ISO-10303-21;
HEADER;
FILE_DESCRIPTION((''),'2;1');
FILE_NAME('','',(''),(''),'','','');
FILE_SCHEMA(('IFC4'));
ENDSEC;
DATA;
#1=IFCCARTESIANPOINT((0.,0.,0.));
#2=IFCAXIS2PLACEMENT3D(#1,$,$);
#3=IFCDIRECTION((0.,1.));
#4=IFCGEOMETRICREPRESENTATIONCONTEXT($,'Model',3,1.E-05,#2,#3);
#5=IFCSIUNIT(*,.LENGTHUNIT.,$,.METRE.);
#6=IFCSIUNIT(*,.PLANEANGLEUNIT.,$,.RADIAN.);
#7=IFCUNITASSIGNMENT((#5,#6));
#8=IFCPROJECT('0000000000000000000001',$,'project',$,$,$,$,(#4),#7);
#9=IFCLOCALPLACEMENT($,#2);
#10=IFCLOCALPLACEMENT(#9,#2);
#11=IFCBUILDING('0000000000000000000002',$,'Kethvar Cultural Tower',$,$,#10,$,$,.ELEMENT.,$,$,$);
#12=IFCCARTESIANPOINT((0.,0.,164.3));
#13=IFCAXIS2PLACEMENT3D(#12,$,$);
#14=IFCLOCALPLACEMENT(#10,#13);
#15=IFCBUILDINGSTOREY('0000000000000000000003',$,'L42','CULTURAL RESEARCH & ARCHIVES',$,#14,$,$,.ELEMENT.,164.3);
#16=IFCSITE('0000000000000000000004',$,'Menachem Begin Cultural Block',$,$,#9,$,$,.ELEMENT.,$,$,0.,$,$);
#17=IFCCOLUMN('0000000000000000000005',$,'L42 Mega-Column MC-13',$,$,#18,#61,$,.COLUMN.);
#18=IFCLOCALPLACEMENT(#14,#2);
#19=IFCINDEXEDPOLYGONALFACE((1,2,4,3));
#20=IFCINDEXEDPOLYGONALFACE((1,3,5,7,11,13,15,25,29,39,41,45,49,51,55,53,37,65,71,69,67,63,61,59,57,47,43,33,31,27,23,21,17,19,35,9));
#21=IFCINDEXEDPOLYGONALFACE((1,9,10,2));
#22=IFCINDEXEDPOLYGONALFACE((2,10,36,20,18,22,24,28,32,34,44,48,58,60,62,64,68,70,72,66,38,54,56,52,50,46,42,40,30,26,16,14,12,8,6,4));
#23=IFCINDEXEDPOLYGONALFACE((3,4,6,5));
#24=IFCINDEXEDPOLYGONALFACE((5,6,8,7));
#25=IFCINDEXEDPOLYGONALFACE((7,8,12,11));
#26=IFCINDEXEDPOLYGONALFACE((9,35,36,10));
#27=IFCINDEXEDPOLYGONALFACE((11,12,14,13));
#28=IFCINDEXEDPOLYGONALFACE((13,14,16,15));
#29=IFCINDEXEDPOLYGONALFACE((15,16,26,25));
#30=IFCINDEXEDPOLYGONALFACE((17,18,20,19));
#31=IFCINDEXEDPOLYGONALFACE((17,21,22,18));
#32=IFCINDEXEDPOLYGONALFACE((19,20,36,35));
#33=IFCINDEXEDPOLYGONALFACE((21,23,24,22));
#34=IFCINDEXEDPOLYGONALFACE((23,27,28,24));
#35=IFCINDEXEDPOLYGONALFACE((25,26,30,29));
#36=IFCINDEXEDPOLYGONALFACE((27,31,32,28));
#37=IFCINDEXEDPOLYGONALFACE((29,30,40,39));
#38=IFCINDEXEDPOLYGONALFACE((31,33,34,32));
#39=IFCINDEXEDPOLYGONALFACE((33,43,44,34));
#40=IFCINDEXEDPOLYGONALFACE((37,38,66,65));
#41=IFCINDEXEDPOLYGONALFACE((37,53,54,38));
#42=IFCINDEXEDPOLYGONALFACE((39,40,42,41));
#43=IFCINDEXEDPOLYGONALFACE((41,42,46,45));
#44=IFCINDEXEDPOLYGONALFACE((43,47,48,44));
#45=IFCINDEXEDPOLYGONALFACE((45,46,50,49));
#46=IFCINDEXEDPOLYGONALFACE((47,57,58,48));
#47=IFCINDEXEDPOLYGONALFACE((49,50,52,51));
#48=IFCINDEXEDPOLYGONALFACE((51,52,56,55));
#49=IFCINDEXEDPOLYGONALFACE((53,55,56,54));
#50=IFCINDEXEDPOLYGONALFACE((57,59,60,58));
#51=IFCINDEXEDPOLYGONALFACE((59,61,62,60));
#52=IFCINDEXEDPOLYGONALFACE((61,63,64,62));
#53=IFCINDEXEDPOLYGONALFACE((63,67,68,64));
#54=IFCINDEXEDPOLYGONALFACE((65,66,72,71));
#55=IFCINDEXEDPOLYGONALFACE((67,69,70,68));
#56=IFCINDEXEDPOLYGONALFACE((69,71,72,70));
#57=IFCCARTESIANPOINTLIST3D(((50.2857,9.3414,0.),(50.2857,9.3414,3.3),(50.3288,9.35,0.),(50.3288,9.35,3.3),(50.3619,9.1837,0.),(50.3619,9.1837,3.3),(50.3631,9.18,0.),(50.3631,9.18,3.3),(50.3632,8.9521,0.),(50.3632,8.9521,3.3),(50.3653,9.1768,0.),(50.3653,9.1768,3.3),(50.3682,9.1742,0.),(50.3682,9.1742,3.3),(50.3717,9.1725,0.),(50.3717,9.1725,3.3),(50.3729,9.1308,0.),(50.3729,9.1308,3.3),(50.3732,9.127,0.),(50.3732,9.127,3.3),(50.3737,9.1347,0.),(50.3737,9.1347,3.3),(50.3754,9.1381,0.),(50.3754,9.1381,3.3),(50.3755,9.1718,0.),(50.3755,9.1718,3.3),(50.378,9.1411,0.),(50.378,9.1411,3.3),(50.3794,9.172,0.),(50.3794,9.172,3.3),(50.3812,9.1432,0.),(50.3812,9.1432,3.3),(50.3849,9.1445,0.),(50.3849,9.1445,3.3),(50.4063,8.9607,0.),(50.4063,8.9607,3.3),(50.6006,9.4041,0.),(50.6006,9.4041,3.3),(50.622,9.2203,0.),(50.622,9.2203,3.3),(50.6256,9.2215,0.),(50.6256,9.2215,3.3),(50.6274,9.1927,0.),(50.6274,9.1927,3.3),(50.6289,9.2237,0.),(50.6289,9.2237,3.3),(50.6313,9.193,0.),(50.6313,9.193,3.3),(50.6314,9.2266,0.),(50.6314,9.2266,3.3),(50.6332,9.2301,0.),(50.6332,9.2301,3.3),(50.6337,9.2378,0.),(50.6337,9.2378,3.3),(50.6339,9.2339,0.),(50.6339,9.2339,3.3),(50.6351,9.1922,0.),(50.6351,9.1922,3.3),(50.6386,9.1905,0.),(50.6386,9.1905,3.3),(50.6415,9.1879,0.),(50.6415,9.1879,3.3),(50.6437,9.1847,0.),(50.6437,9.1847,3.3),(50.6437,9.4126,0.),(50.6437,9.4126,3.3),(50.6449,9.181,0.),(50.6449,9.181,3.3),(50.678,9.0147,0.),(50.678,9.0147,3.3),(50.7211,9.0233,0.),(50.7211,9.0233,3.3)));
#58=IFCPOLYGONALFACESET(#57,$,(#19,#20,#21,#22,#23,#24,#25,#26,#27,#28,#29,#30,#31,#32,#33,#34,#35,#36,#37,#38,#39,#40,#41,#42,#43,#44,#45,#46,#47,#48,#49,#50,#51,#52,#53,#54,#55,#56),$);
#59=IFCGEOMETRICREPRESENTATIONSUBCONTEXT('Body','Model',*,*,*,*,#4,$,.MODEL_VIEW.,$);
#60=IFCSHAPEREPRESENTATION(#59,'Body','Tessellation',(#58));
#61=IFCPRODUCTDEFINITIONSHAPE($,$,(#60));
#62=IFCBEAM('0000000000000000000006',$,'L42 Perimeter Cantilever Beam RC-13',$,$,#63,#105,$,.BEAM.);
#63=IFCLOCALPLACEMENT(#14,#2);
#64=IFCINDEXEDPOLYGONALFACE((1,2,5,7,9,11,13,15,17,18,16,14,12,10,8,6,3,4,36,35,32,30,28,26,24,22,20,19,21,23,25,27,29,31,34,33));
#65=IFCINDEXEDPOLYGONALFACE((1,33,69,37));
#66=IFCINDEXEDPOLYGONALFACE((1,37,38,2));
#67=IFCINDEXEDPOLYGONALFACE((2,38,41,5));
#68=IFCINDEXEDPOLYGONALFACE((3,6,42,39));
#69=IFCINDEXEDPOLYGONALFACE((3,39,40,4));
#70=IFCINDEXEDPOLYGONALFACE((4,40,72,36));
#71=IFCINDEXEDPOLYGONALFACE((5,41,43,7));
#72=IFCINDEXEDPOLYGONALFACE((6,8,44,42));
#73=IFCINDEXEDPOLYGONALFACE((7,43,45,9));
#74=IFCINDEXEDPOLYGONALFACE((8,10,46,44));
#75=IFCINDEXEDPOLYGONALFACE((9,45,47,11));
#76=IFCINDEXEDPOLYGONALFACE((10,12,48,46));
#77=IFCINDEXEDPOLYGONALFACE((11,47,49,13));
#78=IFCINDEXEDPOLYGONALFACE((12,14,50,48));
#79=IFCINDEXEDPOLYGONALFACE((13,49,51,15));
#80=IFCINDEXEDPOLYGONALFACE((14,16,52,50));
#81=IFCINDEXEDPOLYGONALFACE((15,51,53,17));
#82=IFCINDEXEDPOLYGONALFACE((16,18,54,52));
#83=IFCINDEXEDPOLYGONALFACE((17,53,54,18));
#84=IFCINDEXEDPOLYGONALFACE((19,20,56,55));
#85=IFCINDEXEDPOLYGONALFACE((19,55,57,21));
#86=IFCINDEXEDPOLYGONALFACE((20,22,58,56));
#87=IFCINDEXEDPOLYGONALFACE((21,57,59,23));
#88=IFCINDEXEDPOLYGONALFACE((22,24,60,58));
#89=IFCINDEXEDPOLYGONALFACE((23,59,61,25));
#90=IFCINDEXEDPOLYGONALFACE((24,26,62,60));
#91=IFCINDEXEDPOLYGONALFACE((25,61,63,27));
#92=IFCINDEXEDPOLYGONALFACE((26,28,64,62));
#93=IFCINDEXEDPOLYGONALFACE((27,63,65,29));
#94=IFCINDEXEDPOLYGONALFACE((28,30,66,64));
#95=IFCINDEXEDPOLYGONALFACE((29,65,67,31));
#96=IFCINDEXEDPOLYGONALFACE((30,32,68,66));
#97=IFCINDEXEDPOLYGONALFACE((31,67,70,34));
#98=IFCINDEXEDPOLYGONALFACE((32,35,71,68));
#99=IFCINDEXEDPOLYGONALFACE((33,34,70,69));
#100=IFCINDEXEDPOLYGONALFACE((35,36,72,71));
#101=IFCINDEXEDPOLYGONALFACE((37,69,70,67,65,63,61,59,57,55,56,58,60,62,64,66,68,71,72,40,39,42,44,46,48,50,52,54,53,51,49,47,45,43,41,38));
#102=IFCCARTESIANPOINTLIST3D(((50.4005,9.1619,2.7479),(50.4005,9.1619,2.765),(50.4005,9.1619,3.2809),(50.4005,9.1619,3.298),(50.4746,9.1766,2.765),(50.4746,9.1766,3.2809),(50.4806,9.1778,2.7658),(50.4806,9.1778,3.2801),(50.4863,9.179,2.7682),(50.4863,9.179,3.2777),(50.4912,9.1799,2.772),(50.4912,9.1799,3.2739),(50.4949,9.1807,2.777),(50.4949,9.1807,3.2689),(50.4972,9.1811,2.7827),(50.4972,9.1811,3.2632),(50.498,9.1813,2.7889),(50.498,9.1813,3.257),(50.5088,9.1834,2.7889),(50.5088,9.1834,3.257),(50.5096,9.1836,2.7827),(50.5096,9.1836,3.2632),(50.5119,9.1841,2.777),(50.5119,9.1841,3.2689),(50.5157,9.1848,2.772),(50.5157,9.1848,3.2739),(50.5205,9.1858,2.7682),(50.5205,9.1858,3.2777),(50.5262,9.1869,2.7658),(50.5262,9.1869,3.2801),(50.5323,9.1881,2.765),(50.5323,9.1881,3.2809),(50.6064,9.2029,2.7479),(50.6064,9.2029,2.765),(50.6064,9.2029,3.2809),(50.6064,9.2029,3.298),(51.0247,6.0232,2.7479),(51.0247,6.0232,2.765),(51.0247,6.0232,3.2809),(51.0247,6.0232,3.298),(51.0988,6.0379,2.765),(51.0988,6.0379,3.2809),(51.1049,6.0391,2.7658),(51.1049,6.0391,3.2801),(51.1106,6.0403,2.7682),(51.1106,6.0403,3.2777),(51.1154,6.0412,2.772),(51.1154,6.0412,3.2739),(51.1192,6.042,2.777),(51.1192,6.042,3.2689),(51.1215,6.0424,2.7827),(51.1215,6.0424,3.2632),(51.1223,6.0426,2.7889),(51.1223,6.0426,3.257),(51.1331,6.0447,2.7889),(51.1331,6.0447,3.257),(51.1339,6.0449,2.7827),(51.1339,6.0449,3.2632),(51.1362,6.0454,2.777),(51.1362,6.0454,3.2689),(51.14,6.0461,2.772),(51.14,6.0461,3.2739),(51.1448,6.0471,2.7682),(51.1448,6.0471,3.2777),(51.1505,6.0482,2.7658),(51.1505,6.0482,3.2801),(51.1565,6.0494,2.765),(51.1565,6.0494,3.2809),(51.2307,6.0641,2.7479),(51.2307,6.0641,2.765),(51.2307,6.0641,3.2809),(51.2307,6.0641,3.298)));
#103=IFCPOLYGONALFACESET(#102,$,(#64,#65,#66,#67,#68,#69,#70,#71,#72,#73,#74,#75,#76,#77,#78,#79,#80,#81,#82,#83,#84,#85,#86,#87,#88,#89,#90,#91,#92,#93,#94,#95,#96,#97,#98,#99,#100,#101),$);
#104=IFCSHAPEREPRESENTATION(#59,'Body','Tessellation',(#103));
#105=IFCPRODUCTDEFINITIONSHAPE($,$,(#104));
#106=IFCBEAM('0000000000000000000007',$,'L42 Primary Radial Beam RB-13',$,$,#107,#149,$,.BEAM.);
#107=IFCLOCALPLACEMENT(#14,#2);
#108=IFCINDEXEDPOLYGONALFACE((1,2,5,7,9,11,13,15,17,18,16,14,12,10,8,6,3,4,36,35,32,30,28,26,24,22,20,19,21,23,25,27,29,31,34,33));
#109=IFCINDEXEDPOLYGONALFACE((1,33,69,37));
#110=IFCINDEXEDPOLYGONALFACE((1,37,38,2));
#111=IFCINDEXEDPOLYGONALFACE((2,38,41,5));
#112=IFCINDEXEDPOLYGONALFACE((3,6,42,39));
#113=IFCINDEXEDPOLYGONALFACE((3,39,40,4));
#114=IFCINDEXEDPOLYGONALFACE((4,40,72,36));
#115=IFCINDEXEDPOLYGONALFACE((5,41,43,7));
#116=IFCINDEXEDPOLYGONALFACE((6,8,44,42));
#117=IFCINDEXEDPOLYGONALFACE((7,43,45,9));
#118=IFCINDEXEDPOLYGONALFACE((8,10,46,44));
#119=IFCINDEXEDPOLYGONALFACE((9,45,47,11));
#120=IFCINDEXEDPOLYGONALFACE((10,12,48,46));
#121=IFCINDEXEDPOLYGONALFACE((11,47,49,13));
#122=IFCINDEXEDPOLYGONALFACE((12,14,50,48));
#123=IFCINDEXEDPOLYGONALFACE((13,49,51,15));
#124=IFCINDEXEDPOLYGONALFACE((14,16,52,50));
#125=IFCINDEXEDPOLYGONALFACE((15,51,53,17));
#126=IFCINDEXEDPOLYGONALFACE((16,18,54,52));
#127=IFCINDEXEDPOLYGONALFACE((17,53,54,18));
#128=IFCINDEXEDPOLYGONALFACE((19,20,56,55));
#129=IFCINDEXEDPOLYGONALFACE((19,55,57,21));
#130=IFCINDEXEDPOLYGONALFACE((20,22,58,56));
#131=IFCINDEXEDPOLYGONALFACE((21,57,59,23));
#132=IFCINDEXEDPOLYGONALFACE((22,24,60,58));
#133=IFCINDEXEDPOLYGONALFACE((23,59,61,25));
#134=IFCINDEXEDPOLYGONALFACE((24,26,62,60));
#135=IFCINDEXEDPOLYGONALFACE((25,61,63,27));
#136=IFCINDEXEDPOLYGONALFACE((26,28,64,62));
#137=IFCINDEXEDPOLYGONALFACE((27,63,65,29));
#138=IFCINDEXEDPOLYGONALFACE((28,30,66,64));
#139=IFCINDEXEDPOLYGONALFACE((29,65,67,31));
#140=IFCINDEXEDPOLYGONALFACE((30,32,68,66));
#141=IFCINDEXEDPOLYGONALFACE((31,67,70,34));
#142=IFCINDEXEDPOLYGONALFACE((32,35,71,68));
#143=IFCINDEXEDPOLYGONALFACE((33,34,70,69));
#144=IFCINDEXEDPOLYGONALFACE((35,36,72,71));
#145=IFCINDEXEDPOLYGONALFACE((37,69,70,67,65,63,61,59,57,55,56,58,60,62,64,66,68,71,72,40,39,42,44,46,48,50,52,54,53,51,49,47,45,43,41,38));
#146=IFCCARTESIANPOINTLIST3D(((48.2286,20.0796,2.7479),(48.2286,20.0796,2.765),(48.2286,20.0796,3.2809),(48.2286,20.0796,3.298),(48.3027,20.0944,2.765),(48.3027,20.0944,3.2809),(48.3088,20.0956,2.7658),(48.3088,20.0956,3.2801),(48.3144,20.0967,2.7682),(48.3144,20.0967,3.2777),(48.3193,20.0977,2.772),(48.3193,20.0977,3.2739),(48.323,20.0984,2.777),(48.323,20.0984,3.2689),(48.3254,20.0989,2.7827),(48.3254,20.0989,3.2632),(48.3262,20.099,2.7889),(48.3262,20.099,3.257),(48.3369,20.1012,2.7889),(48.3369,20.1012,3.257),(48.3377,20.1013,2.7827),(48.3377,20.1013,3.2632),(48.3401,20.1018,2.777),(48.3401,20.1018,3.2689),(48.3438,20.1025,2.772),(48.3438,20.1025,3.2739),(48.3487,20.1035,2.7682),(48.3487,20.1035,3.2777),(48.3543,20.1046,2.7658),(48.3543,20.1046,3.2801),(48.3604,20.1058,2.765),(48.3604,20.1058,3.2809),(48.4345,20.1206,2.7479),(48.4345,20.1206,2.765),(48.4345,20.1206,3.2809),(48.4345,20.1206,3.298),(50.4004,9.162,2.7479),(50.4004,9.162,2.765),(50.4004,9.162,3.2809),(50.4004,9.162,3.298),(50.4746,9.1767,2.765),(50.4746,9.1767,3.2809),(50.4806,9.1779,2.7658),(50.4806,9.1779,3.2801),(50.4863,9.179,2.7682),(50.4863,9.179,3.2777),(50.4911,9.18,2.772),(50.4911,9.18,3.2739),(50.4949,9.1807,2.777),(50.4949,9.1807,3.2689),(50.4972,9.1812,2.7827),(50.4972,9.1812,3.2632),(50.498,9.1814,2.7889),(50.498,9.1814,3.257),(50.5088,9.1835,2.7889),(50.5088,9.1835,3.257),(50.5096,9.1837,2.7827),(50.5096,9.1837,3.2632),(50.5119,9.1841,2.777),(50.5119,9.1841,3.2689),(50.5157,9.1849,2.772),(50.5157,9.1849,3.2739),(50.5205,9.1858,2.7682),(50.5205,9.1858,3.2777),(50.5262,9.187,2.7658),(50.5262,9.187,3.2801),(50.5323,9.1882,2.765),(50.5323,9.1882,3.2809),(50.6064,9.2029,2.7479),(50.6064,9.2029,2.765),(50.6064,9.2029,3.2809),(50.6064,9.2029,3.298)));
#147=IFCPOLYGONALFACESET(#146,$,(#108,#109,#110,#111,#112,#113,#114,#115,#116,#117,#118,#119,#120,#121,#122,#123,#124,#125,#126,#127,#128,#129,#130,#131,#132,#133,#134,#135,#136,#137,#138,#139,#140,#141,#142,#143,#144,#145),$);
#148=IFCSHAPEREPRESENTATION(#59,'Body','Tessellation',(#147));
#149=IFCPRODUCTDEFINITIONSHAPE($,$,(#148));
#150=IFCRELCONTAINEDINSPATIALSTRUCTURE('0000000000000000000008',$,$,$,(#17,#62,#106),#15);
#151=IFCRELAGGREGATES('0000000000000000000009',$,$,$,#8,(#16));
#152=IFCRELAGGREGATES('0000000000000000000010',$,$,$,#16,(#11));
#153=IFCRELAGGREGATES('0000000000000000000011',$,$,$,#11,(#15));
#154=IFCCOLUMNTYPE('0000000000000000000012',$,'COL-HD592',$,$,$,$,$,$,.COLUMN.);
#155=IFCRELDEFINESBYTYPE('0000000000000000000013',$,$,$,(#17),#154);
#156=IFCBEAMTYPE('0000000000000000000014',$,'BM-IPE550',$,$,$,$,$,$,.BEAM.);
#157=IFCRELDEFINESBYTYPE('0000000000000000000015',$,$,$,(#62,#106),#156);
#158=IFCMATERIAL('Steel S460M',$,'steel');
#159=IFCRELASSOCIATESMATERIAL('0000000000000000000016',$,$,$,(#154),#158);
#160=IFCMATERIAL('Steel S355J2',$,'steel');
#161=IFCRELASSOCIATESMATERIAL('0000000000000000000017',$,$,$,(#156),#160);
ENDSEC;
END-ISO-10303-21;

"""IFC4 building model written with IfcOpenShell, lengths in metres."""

from ifc_helpers import new_model, si_unit, direction, frame, origin, origin_2d, place, context, subcontext, project, spatial, i_section, extrude, source, transform, mapped, material, material_profile, profile_set, type_object, element, save


model = new_model("IFC4")

# Units and contexts
model_context = context("Model", 3, precision=1e-05, world=origin(), true_north=direction((0.0, 1.0)))
body_context = subcontext(model_context, "Body", "Model", "MODEL_VIEW")
ifc_project = project(units=[si_unit("LENGTHUNIT", "METRE"), si_unit("PLANEANGLEUNIT", "RADIAN")], contexts=[model_context])

# Site, building, storey
site_placement = place(None, origin())
site = spatial("IfcSite", under=ifc_project, at=site_placement, Name="Menachem Begin Cultural Block", CompositionType="ELEMENT", RefElevation=0.0)
building_placement = place(site_placement, origin())
building = spatial("IfcBuilding", under=site, at=building_placement, Name="Kethvar Cultural Tower", CompositionType="ELEMENT")
storey_placement = place(building_placement, frame((0.0, 0.0, 164.3)))
storey = spatial("IfcBuildingStorey", under=building, at=storey_placement, Name="L42", Description="CULTURAL RESEARCH & ARCHIVES", CompositionType="ELEMENT", Elevation=164.3)

# Column
ifc_material_1 = material(Name="Steel S460M", Category="steel")
ifc_material_profile_1 = material_profile(ifc_material_1, i_section(OverallWidth=0.397, OverallDepth=0.365, WebThickness=0.0281, FlangeThickness=0.0439, FilletRadius=0.0149, at=origin_2d()), Name="Steel S460M — HD400x592")
ifc_profile_set_1 = profile_set([ifc_material_profile_1], Name="Steel S460M — HD400x592")
column_type = type_object("IfcColumnType", Name="COL-HD592", PredefinedType="COLUMN", material=ifc_profile_set_1)
shared_shape_1 = source(origin(), body_context, "Body", "SweptSolid", [
    extrude(i_section(OverallWidth=0.397, OverallDepth=0.365, WebThickness=0.0281, FlangeThickness=0.0439, FilletRadius=0.0149, at=origin_2d()), origin(), (0.0, 0.0, 1.0), 3.3),
])
column_placement = place(storey_placement, frame((50.5034, 9.1824, 0.0), z_axis=(0.0, 0.0, 1.0), x_axis=(0.19509, -0.980785, 0.0)))
element("IfcColumn", 1, at=column_placement, inside=storey, type_object=column_type, Name="L42 Mega-Column MC-13", PredefinedType="COLUMN", context=body_context, shape_type="MappedRepresentation", body=[
    mapped(shared_shape_1, transform((0.0, 0.0, 0.0), scale=1.0)),
])

# Beams
ifc_material_2 = material(Name="Steel S355J2", Category="steel")
ifc_material_profile_2 = material_profile(ifc_material_2, i_section(OverallWidth=0.21, OverallDepth=0.55, WebThickness=0.011, FlangeThickness=0.0171, FilletRadius=0.0239, at=origin_2d()), Name="Steel S355J2 — IPE550")
ifc_profile_set_2 = profile_set([ifc_material_profile_2], Name="Steel S355J2 — IPE550")
beam_type_1 = type_object("IfcBeamType", Name="BM-IPE550", PredefinedType="BEAM", material=ifc_profile_set_2)
shared_shape_2 = source(origin(), body_context, "Body", "SweptSolid", [
    extrude(i_section(OverallWidth=0.21, OverallDepth=0.55, WebThickness=0.011, FlangeThickness=0.0171, FilletRadius=0.0239, at=origin_2d()), origin(), (0.0, 0.0, 1.0), 3.2002),
])
beam_1_placement = place(storey_placement, frame((50.5034, 9.1824, 3.0229), z_axis=(0.195074, -0.980788, 0.0), x_axis=(0.980788, 0.195074, 0.0)))
element("IfcBeam", 2, at=beam_1_placement, inside=storey, type_object=beam_type_1, Name="L42 Perimeter Cantilever Beam RC-13", PredefinedType="BEAM", context=body_context, shape_type="MappedRepresentation", body=[
    mapped(shared_shape_2, transform((0.0, 0.0, 0.0), scale=1.0)),
])
shared_shape_3 = source(origin(), body_context, "Body", "SweptSolid", [
    extrude(i_section(OverallWidth=0.21, OverallDepth=0.55, WebThickness=0.011, FlangeThickness=0.0171, FilletRadius=0.0239, at=origin_2d()), origin(), (0.0, 0.0, 1.0), 11.1316),
])
beam_2_placement = place(storey_placement, frame((48.3315, 20.1001, 3.0229), z_axis=(0.195108, -0.980782, 0.0), x_axis=(0.980782, 0.195108, 0.0)))
element("IfcBeam", 3, at=beam_2_placement, inside=storey, type_object=beam_type_1, Name="L42 Primary Radial Beam RB-13", PredefinedType="BEAM", context=body_context, shape_type="MappedRepresentation", body=[
    mapped(shared_shape_3, transform((0.0, 0.0, 0.0), scale=1.0)),
])

save(model, "model.ifc")
